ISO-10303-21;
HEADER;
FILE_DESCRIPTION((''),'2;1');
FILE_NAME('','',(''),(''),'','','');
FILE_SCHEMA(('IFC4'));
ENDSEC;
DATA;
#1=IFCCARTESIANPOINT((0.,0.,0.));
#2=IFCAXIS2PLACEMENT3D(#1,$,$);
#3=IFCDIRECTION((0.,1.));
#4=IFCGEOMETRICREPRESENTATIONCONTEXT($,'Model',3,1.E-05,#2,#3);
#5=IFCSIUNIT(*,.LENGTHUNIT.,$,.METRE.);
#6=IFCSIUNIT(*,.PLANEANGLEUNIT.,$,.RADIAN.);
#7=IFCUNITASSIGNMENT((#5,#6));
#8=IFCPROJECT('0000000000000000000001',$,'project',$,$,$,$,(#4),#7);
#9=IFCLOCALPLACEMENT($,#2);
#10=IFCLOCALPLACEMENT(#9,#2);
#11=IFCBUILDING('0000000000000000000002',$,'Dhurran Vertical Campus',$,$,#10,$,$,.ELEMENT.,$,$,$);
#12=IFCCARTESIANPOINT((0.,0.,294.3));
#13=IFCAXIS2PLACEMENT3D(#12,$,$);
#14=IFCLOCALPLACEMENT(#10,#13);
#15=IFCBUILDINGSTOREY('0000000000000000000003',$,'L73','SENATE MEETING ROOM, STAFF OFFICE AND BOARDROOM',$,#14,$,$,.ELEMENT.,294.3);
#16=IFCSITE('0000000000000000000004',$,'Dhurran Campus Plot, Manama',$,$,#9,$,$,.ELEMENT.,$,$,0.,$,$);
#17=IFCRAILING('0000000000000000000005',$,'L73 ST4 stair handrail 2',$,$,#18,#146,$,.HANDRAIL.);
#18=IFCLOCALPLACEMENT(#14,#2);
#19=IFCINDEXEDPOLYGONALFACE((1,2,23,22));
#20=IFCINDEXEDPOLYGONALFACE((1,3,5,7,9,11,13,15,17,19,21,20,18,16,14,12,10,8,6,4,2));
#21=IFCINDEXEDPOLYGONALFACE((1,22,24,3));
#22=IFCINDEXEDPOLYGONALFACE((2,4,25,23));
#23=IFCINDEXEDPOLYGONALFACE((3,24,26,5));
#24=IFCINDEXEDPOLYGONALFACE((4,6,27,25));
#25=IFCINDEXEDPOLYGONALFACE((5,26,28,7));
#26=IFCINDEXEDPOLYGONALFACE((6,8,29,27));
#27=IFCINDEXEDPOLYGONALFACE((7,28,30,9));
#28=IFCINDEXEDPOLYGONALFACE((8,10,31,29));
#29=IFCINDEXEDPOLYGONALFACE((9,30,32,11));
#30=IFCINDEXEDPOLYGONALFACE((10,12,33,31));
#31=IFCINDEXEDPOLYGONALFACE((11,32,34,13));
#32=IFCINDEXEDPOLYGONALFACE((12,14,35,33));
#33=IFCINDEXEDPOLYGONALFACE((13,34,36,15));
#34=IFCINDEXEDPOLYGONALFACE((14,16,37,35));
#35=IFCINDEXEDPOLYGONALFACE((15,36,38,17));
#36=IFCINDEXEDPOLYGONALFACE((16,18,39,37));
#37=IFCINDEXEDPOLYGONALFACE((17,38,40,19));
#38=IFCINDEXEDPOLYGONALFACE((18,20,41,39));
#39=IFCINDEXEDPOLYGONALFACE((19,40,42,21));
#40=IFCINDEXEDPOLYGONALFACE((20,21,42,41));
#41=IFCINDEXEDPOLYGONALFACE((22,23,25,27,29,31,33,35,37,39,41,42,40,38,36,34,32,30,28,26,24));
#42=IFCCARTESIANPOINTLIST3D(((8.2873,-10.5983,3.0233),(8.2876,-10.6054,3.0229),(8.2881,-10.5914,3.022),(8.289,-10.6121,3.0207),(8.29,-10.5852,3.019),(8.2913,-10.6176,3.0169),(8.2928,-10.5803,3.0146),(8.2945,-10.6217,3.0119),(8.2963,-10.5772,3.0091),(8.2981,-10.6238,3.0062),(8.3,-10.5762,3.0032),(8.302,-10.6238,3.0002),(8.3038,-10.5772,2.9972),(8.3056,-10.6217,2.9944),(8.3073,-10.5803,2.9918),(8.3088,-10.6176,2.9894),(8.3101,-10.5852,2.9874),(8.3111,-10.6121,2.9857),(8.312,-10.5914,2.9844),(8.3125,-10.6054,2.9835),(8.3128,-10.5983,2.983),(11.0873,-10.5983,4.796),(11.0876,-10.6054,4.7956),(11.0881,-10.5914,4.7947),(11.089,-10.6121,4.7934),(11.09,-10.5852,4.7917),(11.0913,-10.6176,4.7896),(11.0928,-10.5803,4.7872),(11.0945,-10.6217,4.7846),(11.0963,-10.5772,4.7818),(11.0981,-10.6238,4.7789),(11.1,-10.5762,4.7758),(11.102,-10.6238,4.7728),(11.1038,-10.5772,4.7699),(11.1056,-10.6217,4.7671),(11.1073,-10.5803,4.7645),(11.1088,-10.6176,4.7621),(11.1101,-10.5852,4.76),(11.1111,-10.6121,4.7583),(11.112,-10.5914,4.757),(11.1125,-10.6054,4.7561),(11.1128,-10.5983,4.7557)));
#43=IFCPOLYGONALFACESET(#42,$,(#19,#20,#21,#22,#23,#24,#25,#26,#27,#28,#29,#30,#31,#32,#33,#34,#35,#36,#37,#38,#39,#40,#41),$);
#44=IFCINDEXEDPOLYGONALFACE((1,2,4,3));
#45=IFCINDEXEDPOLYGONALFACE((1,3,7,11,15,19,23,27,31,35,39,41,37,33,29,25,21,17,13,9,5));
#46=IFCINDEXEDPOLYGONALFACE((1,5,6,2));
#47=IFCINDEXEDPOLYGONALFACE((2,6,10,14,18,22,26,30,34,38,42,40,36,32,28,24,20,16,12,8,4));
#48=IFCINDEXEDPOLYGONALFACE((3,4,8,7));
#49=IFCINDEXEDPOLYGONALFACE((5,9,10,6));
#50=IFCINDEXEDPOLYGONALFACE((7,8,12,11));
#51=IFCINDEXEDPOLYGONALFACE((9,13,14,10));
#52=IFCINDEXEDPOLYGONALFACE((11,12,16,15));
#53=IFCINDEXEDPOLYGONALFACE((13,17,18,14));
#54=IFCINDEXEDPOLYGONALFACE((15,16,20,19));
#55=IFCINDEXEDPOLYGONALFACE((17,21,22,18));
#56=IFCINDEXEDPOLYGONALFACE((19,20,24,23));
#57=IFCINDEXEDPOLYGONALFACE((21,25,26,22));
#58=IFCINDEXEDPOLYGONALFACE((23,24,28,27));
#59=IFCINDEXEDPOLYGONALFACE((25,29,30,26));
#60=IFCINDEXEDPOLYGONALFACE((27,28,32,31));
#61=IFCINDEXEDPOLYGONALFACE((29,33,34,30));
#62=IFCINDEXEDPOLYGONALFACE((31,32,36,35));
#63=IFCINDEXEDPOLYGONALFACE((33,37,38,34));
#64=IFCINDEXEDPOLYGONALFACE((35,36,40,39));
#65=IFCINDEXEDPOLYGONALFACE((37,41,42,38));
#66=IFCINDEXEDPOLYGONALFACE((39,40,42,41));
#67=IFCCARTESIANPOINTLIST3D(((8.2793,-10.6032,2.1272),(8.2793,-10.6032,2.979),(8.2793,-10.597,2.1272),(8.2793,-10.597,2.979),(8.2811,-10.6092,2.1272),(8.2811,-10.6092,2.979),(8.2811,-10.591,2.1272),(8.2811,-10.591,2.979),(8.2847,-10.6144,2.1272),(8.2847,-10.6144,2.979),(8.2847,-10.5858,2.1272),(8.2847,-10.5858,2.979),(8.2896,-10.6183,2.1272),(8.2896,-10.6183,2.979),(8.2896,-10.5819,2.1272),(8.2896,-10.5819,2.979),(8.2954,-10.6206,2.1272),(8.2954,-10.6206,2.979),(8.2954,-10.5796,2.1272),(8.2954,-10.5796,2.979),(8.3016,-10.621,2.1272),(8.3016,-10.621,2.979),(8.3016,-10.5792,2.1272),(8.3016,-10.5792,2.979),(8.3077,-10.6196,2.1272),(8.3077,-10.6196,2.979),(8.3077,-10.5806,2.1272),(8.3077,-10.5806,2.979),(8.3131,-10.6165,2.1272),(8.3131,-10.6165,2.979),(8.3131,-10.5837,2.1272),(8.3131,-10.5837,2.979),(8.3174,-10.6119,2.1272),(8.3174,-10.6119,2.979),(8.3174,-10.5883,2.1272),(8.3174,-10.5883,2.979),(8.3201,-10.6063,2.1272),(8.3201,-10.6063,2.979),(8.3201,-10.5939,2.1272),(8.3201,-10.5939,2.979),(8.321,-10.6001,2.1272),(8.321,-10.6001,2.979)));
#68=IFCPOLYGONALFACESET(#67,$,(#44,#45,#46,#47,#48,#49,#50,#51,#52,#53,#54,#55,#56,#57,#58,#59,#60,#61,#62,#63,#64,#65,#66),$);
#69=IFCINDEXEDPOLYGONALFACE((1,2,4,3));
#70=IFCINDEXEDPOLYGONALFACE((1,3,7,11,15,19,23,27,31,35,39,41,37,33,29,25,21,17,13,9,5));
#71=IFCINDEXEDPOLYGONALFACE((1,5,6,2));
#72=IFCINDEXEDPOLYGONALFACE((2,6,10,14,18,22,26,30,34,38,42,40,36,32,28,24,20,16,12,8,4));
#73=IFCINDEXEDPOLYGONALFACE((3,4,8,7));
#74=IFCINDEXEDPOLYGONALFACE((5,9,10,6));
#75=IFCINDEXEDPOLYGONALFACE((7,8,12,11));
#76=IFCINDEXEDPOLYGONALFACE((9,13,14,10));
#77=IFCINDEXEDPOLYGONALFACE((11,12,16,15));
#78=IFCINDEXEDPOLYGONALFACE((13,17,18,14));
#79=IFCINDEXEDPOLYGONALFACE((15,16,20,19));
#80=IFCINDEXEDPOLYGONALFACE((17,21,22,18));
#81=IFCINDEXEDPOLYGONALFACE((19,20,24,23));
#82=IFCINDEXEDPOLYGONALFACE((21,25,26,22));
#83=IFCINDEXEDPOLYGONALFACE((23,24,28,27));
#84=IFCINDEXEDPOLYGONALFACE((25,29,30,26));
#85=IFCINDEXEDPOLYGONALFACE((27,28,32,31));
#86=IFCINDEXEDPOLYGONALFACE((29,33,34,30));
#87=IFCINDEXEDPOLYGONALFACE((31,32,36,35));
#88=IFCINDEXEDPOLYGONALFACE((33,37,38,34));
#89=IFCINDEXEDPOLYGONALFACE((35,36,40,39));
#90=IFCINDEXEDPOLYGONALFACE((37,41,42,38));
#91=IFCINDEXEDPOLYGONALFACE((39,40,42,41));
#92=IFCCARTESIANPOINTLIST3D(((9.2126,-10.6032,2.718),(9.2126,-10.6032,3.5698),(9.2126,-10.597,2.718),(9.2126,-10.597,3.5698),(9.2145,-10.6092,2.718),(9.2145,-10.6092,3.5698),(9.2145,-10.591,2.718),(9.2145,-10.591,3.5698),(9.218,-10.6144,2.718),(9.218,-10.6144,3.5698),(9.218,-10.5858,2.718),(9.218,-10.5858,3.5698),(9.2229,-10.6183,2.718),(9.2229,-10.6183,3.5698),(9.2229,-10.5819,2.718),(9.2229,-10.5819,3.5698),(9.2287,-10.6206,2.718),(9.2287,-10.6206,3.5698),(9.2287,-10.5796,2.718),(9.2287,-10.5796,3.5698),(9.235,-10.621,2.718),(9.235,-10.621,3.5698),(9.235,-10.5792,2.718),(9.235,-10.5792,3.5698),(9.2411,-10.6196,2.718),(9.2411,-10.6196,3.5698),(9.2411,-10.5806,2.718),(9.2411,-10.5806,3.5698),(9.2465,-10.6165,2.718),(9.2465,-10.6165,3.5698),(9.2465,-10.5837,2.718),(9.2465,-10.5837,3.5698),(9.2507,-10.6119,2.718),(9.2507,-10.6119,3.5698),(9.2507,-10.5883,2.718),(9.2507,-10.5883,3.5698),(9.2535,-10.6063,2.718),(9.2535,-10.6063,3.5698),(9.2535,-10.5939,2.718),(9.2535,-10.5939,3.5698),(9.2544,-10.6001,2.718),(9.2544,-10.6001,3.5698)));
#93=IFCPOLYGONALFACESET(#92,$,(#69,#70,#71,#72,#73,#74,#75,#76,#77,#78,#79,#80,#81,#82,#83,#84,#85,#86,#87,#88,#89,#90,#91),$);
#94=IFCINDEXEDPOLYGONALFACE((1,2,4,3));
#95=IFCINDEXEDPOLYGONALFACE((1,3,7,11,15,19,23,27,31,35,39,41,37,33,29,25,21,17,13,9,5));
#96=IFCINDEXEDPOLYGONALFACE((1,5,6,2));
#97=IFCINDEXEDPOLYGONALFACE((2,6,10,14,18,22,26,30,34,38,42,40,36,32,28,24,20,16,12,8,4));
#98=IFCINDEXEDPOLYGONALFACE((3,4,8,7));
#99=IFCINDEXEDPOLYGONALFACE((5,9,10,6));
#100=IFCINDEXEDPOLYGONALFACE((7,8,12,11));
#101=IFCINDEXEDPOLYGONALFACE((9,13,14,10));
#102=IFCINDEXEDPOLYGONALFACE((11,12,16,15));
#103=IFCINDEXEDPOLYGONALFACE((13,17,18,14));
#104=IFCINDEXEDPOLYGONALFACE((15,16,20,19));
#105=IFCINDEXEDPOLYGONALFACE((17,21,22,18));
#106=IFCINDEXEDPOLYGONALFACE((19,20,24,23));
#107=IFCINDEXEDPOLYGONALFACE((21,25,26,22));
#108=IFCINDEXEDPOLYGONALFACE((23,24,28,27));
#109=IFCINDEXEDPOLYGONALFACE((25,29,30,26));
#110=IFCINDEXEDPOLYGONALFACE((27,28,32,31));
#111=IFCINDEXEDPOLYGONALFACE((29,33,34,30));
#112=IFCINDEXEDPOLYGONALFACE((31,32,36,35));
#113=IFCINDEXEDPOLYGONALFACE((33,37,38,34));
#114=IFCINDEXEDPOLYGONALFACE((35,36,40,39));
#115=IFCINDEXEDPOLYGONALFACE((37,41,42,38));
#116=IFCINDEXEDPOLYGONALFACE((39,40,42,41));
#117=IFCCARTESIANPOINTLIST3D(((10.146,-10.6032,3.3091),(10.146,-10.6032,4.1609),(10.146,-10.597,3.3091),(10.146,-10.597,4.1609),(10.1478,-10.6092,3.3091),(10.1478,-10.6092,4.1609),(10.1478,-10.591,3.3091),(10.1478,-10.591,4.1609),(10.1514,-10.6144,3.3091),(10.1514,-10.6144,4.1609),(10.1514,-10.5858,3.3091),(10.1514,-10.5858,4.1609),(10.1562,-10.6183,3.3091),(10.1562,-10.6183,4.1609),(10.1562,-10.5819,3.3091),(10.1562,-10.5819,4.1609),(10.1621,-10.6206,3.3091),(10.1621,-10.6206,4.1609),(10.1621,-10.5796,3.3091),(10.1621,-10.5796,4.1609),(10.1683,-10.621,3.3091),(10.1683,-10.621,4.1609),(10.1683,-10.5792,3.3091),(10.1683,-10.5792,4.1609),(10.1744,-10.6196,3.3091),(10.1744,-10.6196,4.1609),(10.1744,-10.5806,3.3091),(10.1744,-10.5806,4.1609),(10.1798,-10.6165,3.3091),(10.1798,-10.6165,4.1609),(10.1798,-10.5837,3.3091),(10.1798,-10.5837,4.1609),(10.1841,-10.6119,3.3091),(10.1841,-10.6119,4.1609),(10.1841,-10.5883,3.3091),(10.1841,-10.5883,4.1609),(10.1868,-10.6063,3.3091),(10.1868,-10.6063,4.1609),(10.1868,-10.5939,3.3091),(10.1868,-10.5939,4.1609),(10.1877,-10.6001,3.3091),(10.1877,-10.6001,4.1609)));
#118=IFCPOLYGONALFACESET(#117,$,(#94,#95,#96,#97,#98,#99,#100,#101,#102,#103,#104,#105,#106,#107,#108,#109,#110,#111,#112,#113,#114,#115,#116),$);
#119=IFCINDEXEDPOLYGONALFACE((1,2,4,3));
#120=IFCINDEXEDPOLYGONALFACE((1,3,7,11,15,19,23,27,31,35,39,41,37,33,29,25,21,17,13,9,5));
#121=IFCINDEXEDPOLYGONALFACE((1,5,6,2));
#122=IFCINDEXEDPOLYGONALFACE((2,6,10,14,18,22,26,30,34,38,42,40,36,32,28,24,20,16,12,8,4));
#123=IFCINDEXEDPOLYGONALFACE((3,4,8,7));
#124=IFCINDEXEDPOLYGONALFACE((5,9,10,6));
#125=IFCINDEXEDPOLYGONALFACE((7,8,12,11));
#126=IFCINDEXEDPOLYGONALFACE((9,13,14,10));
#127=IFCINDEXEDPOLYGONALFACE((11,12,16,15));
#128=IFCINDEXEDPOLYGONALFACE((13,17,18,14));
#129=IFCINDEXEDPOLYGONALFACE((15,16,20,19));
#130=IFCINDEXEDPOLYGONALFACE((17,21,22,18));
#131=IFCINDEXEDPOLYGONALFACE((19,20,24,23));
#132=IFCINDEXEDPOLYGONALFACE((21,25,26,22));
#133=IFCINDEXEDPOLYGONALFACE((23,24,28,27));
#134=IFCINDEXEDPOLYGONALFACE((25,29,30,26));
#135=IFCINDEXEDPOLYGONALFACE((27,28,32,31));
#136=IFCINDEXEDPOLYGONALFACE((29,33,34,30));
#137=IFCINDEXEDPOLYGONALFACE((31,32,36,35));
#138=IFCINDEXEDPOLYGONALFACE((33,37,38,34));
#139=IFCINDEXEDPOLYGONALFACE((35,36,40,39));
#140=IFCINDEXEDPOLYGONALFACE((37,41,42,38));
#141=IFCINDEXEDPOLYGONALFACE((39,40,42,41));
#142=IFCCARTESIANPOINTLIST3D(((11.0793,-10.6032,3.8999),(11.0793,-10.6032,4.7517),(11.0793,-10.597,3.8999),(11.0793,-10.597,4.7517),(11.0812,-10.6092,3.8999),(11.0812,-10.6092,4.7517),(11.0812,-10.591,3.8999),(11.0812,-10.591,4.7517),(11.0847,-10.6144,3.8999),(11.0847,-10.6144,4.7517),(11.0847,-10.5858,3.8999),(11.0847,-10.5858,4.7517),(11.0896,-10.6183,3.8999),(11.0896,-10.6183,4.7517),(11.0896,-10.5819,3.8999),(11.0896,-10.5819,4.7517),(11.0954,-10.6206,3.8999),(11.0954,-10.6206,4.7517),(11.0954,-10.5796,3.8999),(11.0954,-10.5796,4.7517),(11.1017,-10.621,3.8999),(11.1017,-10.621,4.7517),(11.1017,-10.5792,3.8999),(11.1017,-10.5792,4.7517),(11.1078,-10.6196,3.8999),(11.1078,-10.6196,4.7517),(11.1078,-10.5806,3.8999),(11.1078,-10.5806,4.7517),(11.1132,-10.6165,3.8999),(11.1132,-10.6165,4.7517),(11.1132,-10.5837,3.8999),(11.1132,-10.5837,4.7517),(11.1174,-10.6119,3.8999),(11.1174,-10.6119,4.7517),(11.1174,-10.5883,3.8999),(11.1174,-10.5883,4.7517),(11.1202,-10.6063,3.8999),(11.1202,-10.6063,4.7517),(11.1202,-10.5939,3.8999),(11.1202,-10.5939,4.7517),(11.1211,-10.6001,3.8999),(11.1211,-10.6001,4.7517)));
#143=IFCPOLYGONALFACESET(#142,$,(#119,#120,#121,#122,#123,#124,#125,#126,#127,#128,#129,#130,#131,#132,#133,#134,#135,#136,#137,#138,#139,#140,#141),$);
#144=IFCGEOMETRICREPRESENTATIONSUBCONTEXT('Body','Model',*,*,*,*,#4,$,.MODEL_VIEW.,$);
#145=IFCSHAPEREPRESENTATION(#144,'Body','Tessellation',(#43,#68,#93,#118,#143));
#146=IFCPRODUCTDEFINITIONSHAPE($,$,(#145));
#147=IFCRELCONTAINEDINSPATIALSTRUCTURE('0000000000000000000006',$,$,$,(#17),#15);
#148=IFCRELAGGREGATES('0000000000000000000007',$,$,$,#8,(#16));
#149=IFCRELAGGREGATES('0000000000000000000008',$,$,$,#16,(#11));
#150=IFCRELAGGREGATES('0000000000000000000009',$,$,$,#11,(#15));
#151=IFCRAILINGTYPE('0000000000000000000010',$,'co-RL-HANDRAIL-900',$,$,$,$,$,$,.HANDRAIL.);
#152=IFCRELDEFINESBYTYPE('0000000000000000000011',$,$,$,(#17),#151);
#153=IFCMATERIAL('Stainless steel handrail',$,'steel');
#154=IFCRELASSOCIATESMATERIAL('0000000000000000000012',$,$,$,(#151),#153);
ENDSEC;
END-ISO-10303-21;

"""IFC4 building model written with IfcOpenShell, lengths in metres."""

from ifc_helpers import new_model, si_unit, direction, frame, origin, origin_2d, place, context, subcontext, project, spatial, circle, extrude, material, type_object, element, save


model = new_model("IFC4")

# Units and contexts
model_context = context("Model", 3, precision=1e-05, world=origin(), true_north=direction((0.0, 1.0)))
body_context = subcontext(model_context, "Body", "Model", "MODEL_VIEW")
ifc_project = project(units=[si_unit("LENGTHUNIT", "METRE"), si_unit("PLANEANGLEUNIT", "RADIAN")], contexts=[model_context])

# Site, building, storey
site_placement = place(None, origin())
site = spatial("IfcSite", under=ifc_project, at=site_placement, Name="Dhurran Campus Plot, Manama", CompositionType="ELEMENT", RefElevation=0.0)
building_placement = place(site_placement, origin())
building = spatial("IfcBuilding", under=site, at=building_placement, Name="Dhurran Vertical Campus", CompositionType="ELEMENT")
storey_placement = place(building_placement, frame((0.0, 0.0, 294.3)))
storey = spatial("IfcBuildingStorey", under=building, at=storey_placement, Name="L73", Description="SENATE MEETING ROOM, STAFF OFFICE AND BOARDROOM", CompositionType="ELEMENT", Elevation=294.3)

# Railing
ifc_material_1 = material(Name="Stainless steel handrail", Category="steel")
railing_type_1 = type_object("IfcRailingType", Name="co-RL-HANDRAIL-900", PredefinedType="HANDRAIL", material=ifc_material_1)
railing_1_placement = place(storey_placement, frame((8.3, -10.6001, 2.1272)))
element("IfcRailing", 1, at=railing_1_placement, inside=storey, type_object=railing_type_1, Name="L73 ST4 stair handrail 2", PredefinedType="HANDRAIL", context=body_context, shape_type="SweptSolid", body=[
    extrude(circle(Radius=0.0239, at=origin_2d()), frame((0.0, 0.0, 0.876), z_axis=(0.844909, 0.0, 0.53491), x_axis=(0.0, 1.0, 0.0)), (0.0, 0.0, 1.0), 3.314),
    extrude(circle(Radius=0.021, at=origin_2d()), origin(), (0.0, 0.0, 1.0), 0.8518),
    extrude(circle(Radius=0.021, at=origin_2d()), frame((0.9333, 0.0, 0.5908)), (0.0, 0.0, 1.0), 0.8518),
    extrude(circle(Radius=0.021, at=origin_2d()), frame((1.8667, 0.0, 1.1819)), (0.0, 0.0, 1.0), 0.8518),
    extrude(circle(Radius=0.021, at=origin_2d()), frame((2.8, 0.0, 1.7727)), (0.0, 0.0, 1.0), 0.8518),
])

save(model, "model.ifc")
